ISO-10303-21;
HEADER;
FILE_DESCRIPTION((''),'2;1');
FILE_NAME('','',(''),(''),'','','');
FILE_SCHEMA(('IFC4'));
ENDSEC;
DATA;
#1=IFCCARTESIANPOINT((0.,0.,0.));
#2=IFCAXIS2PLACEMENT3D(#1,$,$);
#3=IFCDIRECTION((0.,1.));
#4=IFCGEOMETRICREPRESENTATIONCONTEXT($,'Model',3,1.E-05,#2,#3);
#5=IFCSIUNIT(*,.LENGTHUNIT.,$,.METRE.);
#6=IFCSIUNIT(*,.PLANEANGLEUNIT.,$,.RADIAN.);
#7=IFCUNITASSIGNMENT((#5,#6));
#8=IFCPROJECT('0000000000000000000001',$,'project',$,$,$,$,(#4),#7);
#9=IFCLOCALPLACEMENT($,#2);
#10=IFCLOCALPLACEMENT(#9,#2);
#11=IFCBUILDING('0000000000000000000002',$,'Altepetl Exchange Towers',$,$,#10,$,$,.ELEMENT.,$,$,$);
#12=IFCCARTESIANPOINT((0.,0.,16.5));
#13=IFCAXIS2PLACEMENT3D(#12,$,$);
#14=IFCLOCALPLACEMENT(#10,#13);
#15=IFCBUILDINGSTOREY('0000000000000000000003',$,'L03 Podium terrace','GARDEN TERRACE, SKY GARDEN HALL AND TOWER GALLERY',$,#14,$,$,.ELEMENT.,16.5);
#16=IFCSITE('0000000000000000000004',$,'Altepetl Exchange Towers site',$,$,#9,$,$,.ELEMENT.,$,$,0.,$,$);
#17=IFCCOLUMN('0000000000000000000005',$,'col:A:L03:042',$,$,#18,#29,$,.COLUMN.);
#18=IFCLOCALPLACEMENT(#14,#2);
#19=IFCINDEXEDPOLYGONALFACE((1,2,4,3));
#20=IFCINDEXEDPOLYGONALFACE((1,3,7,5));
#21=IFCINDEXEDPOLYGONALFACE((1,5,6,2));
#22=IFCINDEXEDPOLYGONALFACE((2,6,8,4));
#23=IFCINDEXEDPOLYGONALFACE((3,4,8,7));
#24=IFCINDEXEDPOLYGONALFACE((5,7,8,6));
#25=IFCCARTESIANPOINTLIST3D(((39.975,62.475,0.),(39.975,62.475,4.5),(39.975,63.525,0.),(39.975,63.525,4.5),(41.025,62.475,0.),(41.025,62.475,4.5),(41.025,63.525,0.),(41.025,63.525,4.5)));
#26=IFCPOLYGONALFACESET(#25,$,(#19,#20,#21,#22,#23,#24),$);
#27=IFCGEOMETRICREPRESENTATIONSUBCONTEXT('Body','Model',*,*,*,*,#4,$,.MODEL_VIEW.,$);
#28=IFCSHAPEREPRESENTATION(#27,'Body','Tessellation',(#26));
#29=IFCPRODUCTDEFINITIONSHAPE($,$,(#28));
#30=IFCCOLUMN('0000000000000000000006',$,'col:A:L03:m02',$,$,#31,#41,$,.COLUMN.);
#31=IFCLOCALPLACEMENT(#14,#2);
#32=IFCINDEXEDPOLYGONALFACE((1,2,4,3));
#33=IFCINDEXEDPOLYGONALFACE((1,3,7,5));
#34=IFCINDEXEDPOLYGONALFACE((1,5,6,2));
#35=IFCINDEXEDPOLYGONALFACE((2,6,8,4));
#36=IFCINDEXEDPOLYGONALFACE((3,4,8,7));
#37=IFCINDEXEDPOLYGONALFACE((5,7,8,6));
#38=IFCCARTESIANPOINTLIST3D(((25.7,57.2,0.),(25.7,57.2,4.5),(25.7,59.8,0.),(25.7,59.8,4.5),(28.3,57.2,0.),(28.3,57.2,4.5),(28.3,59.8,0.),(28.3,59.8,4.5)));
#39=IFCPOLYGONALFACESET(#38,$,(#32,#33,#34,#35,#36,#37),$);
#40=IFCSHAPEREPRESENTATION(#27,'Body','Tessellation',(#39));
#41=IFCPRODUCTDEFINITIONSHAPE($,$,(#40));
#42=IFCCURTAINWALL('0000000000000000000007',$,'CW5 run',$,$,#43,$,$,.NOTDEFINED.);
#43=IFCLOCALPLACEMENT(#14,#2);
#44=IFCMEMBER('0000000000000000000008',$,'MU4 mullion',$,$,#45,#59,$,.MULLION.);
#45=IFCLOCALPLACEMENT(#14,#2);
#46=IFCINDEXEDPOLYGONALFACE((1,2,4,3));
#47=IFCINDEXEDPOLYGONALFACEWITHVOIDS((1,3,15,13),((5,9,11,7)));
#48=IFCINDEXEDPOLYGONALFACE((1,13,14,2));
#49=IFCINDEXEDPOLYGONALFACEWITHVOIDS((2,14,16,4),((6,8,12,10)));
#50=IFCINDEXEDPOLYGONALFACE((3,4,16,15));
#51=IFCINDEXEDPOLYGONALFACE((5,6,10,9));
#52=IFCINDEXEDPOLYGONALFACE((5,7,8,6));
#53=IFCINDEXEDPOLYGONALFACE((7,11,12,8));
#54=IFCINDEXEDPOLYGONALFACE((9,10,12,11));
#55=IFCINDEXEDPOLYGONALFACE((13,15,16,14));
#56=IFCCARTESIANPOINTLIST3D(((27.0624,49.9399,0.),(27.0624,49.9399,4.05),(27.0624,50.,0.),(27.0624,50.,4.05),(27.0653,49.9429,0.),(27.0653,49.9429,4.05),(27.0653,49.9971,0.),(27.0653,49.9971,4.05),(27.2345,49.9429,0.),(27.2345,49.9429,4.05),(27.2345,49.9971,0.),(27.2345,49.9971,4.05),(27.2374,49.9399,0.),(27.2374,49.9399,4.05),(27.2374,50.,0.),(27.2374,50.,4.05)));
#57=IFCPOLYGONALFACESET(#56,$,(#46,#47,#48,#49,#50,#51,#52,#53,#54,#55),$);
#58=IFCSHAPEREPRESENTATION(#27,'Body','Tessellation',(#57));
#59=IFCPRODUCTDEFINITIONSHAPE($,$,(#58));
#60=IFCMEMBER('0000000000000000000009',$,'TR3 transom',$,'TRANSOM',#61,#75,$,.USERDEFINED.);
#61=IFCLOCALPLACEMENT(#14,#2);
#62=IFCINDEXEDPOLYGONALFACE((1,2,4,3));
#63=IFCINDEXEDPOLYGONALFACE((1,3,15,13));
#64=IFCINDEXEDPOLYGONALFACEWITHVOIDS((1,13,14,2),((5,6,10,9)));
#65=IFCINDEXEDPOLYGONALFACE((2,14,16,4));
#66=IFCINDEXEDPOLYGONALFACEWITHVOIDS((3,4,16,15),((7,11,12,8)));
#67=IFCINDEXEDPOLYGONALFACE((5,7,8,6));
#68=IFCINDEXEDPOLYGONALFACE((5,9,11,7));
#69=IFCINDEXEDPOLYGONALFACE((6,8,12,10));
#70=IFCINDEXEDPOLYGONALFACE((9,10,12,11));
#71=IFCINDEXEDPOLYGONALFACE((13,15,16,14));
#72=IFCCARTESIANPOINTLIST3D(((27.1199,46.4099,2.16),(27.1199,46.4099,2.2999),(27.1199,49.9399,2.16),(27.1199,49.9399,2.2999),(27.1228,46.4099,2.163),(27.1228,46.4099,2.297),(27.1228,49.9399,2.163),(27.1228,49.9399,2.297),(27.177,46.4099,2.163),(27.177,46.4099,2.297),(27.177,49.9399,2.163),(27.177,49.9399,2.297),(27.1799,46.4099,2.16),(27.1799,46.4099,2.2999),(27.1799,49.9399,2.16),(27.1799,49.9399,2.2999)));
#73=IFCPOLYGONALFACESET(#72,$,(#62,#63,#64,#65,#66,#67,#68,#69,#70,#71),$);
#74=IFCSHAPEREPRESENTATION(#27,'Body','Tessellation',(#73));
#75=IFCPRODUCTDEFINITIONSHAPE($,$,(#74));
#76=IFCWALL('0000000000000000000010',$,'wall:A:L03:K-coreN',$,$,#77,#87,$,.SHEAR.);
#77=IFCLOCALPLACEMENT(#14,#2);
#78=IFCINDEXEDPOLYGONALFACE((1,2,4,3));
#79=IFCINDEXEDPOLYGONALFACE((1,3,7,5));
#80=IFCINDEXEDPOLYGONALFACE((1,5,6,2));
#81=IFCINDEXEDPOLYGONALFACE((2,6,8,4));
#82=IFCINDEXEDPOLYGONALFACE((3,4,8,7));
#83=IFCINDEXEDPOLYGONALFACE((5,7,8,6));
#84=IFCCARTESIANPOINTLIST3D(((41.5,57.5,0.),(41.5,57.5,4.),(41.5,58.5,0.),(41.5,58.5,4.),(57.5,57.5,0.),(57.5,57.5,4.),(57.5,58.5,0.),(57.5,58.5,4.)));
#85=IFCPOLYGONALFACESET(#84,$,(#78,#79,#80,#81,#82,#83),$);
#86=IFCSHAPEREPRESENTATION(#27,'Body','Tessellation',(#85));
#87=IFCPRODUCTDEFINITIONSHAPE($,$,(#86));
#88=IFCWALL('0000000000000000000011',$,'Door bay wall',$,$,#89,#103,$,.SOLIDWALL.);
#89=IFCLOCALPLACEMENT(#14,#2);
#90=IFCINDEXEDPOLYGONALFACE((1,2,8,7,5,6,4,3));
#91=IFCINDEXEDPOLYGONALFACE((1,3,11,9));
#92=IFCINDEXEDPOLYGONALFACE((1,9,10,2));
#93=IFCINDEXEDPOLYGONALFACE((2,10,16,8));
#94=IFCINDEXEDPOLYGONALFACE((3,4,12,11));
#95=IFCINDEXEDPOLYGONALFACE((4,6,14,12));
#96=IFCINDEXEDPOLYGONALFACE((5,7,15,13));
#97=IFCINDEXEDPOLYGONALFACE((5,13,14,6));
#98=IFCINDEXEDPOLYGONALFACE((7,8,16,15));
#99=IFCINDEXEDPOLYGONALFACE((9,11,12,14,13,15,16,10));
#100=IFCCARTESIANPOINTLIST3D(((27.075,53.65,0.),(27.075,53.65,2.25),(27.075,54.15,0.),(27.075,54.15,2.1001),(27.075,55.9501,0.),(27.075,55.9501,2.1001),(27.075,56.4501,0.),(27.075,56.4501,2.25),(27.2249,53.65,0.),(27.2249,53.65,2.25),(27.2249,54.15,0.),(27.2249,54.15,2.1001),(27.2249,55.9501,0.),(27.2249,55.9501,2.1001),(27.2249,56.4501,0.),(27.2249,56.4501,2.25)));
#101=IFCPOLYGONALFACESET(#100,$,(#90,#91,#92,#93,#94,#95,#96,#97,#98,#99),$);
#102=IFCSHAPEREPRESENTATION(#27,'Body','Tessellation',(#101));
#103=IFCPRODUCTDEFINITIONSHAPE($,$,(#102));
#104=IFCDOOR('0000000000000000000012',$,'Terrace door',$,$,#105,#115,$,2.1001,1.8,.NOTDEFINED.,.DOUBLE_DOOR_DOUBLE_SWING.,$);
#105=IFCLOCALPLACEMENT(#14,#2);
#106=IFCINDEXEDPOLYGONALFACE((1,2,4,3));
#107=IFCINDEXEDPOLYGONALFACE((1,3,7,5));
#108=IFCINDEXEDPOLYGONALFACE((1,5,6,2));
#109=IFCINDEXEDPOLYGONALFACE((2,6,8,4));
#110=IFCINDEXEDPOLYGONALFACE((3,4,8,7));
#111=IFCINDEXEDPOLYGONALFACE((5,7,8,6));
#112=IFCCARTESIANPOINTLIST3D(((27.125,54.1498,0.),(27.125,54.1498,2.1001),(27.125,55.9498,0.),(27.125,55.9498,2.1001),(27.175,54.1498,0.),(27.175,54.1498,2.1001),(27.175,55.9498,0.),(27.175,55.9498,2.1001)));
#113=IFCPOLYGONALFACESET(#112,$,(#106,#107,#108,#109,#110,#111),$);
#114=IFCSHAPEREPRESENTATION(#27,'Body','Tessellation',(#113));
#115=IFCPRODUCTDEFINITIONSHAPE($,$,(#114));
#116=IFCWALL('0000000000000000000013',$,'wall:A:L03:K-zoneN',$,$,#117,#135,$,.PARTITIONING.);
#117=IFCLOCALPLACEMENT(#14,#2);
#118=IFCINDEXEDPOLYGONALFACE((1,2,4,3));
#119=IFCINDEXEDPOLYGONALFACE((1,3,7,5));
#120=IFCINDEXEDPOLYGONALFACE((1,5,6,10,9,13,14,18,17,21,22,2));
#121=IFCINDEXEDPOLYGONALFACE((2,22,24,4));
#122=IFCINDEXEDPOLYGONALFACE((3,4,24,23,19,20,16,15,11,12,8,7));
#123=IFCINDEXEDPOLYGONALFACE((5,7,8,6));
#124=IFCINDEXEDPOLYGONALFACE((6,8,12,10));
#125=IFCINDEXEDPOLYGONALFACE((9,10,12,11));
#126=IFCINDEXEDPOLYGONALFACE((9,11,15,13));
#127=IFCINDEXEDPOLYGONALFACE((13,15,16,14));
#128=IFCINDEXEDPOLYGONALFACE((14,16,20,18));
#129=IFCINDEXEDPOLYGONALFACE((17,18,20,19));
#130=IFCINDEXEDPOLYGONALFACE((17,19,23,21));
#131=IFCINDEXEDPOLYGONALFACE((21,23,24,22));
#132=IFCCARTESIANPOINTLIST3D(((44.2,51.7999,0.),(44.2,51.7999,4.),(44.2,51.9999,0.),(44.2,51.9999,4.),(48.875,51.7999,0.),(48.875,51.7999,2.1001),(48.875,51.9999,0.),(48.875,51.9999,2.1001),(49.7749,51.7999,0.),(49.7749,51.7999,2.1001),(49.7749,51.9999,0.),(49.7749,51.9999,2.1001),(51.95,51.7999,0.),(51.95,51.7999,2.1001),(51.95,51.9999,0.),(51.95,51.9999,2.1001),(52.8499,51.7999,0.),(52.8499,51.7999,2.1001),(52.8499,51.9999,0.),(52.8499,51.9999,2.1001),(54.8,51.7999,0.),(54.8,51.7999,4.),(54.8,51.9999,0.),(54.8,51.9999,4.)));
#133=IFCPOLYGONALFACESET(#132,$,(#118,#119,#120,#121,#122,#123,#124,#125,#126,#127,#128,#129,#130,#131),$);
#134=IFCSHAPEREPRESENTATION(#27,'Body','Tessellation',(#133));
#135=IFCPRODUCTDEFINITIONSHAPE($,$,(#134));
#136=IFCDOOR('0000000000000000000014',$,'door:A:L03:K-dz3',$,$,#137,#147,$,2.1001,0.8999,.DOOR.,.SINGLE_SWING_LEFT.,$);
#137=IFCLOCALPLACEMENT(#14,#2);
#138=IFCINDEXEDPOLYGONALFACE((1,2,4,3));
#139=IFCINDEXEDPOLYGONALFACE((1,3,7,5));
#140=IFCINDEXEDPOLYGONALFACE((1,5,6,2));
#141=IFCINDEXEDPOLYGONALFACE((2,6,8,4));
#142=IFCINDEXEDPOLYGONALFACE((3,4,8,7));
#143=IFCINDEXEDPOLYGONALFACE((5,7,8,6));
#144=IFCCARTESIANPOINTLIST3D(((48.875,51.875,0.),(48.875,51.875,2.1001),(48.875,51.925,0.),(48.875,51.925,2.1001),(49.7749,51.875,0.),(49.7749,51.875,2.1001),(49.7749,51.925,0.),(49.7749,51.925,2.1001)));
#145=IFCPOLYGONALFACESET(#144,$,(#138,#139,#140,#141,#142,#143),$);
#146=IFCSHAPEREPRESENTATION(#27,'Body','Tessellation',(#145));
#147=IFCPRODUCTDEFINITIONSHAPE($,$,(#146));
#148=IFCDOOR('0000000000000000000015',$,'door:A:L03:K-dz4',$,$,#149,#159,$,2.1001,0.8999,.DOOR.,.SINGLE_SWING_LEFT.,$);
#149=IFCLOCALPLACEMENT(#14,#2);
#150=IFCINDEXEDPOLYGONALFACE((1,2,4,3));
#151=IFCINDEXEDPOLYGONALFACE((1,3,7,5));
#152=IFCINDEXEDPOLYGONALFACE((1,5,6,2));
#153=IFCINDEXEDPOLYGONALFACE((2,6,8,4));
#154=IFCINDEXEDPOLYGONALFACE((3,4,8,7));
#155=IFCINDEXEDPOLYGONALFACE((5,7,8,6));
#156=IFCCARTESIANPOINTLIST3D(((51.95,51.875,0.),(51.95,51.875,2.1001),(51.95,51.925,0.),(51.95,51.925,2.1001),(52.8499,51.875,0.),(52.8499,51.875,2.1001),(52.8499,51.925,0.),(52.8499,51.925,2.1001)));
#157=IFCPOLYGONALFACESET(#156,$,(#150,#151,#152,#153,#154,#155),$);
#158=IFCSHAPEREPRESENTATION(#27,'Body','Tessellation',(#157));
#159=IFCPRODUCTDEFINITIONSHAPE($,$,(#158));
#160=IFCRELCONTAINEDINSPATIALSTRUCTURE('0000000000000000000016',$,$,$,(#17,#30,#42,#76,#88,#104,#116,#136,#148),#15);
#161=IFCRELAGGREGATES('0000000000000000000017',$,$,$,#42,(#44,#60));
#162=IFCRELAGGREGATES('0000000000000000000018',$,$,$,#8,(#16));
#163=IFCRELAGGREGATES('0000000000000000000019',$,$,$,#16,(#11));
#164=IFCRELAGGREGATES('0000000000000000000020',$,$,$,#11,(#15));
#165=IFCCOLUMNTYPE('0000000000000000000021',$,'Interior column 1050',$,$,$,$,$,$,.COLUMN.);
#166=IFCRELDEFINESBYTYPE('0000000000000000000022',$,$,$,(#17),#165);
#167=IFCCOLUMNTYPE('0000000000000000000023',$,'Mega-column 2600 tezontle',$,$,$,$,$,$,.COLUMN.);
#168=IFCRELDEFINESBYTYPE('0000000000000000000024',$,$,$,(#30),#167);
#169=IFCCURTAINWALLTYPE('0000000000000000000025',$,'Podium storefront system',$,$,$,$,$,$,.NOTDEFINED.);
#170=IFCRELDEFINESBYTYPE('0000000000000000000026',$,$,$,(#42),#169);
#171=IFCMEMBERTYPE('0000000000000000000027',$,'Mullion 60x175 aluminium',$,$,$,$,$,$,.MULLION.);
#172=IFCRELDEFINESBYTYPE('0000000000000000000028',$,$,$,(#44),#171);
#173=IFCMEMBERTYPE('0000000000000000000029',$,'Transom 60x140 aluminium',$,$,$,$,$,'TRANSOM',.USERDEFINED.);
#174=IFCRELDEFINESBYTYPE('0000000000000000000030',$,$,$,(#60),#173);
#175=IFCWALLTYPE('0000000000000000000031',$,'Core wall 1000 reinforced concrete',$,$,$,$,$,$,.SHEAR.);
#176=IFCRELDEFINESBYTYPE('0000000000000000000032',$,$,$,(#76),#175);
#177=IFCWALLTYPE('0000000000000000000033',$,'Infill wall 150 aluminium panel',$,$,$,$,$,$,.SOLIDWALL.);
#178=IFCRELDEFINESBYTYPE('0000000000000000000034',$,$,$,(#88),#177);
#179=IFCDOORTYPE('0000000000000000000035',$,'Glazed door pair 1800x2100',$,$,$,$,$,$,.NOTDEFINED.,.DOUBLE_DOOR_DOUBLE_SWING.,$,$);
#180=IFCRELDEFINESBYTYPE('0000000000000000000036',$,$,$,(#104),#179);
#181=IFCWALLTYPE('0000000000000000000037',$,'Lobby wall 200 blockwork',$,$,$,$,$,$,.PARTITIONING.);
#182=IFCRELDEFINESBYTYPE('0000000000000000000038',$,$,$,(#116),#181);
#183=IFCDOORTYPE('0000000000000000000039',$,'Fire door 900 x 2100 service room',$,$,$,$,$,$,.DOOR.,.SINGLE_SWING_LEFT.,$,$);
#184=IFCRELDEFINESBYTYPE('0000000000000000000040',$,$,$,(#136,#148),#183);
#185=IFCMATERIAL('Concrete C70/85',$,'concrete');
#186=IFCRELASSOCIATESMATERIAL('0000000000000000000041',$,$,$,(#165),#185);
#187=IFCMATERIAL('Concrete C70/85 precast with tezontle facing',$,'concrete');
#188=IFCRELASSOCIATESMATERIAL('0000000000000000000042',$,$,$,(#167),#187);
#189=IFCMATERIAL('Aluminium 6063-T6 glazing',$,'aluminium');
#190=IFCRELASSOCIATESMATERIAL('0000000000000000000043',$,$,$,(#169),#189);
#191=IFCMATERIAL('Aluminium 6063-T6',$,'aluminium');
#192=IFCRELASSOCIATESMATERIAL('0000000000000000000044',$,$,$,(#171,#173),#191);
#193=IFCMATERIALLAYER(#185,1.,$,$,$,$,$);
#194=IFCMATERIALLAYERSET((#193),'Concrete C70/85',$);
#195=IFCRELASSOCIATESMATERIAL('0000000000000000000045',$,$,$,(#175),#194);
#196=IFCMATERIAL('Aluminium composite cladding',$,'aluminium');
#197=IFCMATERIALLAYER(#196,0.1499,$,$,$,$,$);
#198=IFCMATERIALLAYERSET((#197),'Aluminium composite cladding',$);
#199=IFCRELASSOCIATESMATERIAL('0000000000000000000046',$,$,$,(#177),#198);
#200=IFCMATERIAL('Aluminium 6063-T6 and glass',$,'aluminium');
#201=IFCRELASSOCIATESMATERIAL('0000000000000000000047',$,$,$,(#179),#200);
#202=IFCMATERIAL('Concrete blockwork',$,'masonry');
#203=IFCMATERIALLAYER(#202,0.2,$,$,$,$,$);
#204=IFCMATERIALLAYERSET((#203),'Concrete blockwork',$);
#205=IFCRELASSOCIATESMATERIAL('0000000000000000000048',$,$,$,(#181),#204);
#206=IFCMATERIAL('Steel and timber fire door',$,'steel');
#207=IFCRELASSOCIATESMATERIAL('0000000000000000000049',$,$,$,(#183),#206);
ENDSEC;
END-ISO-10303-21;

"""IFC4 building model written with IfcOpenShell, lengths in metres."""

from ifc_helpers import new_model, si_unit, direction, frame, frame_2d, origin, origin_2d, place, context, subcontext, project, spatial, rectangle, hollow_rectangle, extrude, material, layer, layer_set, material_profile, profile_set, type_object, element, fill, aggregate, save


model = new_model("IFC4")

# Units and contexts
model_context = context("Model", 3, precision=1e-05, world=origin(), true_north=direction((0.0, 1.0)))
body_context = subcontext(model_context, "Body", "Model", "MODEL_VIEW")
ifc_project = project(units=[si_unit("LENGTHUNIT", "METRE"), si_unit("PLANEANGLEUNIT", "RADIAN")], contexts=[model_context])

# Site, building, storey
site_placement = place(None, origin())
site = spatial("IfcSite", under=ifc_project, at=site_placement, Name="Altepetl Exchange Towers site", CompositionType="ELEMENT", RefElevation=0.0)
building_placement = place(site_placement, origin())
building = spatial("IfcBuilding", under=site, at=building_placement, Name="Altepetl Exchange Towers", CompositionType="ELEMENT")
storey_placement = place(building_placement, frame((0.0, 0.0, 16.5)))
storey = spatial("IfcBuildingStorey", under=building, at=storey_placement, Name="L03 Podium terrace", Description="GARDEN TERRACE, SKY GARDEN HALL AND TOWER GALLERY", CompositionType="ELEMENT", Elevation=16.5)

# Columns
ifc_material_1 = material(Name="Concrete C70/85", Category="concrete")
ifc_material_profile_1 = material_profile(ifc_material_1, rectangle(XDim=1.05, YDim=1.05, at=origin_2d()), Name="1050 x 1050")
ifc_profile_set_1 = profile_set([ifc_material_profile_1], Name="Concrete C70/85")
column_type_1 = type_object("IfcColumnType", Name="Interior column 1050", PredefinedType="COLUMN", material=ifc_profile_set_1)
column_1_placement = place(storey_placement, frame((40.5, 63.0, 0.0)))
element("IfcColumn", 1, at=column_1_placement, inside=storey, type_object=column_type_1, Name="col:A:L03:042", PredefinedType="COLUMN", context=body_context, shape_type="SweptSolid", body=[
    extrude(rectangle(XDim=1.05, YDim=1.05, at=origin_2d()), origin(), (0.0, 0.0, 1.0), 4.5),
])
ifc_material_2 = material(Name="Concrete C70/85 precast with tezontle facing", Category="concrete")
ifc_material_profile_2 = material_profile(ifc_material_2, rectangle(XDim=2.6001, YDim=2.6001, at=origin_2d()), Name="2600 x 2600")
ifc_profile_set_2 = profile_set([ifc_material_profile_2], Name="Concrete C70/85 precast with tezontle facing")
column_type_2 = type_object("IfcColumnType", Name="Mega-column 2600 tezontle", PredefinedType="COLUMN", material=ifc_profile_set_2)
column_2_placement = place(storey_placement, frame((27.0, 58.5, 0.0)))
element("IfcColumn", 2, at=column_2_placement, inside=storey, type_object=column_type_2, Name="col:A:L03:m02", PredefinedType="COLUMN", context=body_context, shape_type="SweptSolid", body=[
    extrude(rectangle(XDim=2.6001, YDim=2.6001, at=origin_2d()), origin(), (0.0, 0.0, 1.0), 4.5),
])

# Curtain wall, members
ifc_material_3 = material(Name="Aluminium 6063-T6 glazing", Category="aluminium")
curtain_wall_type = type_object("IfcCurtainWallType", Name="Podium storefront system", PredefinedType="NOTDEFINED", material=ifc_material_3)
curtain_wall_placement = place(storey_placement, origin())
curtain_wall = element("IfcCurtainWall", 3, at=curtain_wall_placement, inside=storey, type_object=curtain_wall_type, Name="CW5 run", PredefinedType="NOTDEFINED")
ifc_material_4 = material(Name="Aluminium 6063-T6", Category="aluminium")
ifc_material_profile_3 = material_profile(ifc_material_4, hollow_rectangle(XDim=0.0601, YDim=0.175, WallThickness=0.0029, at=origin_2d()), Name="Mullion 60x175 aluminium")
ifc_profile_set_3 = profile_set([ifc_material_profile_3], Name="Aluminium 6063-T6")
member_type_1 = type_object("IfcMemberType", Name="Mullion 60x175 aluminium", PredefinedType="MULLION", material=ifc_profile_set_3)
member_1_placement = place(storey_placement, frame((27.1499, 49.97, 0.0), z_axis=(0.0, 0.0, 1.0), x_axis=(0.0, -1.0, 0.0)))
member_1 = element("IfcMember", 4, at=member_1_placement, type_object=member_type_1, Name="MU4 mullion", PredefinedType="MULLION", context=body_context, shape_type="SweptSolid", body=[
    extrude(hollow_rectangle(XDim=0.0601, YDim=0.175, WallThickness=0.0029, at=origin_2d()), origin(), (0.0, 0.0, 1.0), 4.05),
])
ifc_material_profile_4 = material_profile(ifc_material_4, hollow_rectangle(XDim=0.0601, YDim=0.1399, WallThickness=0.0029, at=origin_2d()), Name="Transom 60x140 aluminium")
ifc_profile_set_4 = profile_set([ifc_material_profile_4], Name="Aluminium 6063-T6")
member_type_2 = type_object("IfcMemberType", Name="Transom 60x140 aluminium", ElementType="TRANSOM", PredefinedType="USERDEFINED", material=ifc_profile_set_4)
member_2_placement = place(storey_placement, frame((27.1499, 49.9399, 2.23), z_axis=(0.0, -1.0, 0.0), x_axis=(1.0, 0.0, 0.0)))
member_2 = element("IfcMember", 5, at=member_2_placement, type_object=member_type_2, Name="TR3 transom", ObjectType="TRANSOM", PredefinedType="USERDEFINED", context=body_context, shape_type="SweptSolid", body=[
    extrude(hollow_rectangle(XDim=0.0601, YDim=0.1399, WallThickness=0.0029, at=origin_2d()), origin(), (0.0, 0.0, 1.0), 3.53),
])
aggregate(curtain_wall, [member_1, member_2])

# Wall
ifc_layer_1 = layer(ifc_material_1, 1.0)
ifc_layer_set_1 = layer_set([ifc_layer_1], Name="Concrete C70/85")
wall_type_1 = type_object("IfcWallType", Name="Core wall 1000 reinforced concrete", PredefinedType="SHEAR", material=ifc_layer_set_1)
wall_1_placement = place(storey_placement, frame((41.5, 58.0, 0.0)))
element("IfcWall", 6, at=wall_1_placement, inside=storey, type_object=wall_type_1, Name="wall:A:L03:K-coreN", PredefinedType="SHEAR", context=body_context, shape_type="SweptSolid", body=[
    extrude(rectangle(XDim=16.0, YDim=1.0, at=frame_2d((8.0, 0.0))), origin(), (0.0, 0.0, 1.0), 4.0),
])

# Wall, opening, door
ifc_material_5 = material(Name="Aluminium composite cladding", Category="aluminium")
ifc_layer_2 = layer(ifc_material_5, 0.1499)
ifc_layer_set_2 = layer_set([ifc_layer_2], Name="Aluminium composite cladding")
wall_type_2 = type_object("IfcWallType", Name="Infill wall 150 aluminium panel", PredefinedType="SOLIDWALL", material=ifc_layer_set_2)
wall_2_placement = place(storey_placement, frame((27.1499, 56.45, 0.0), z_axis=(0.0, 0.0, 1.0), x_axis=(0.0, -1.0, 0.0)))
wall_2 = element("IfcWall", 7, at=wall_2_placement, inside=storey, type_object=wall_type_2, Name="Door bay wall", PredefinedType="SOLIDWALL", context=body_context, shape_type="SweptSolid", body=[
    extrude(rectangle(XDim=2.8, YDim=0.1499, at=frame_2d((1.3999, 0.0))), origin(), (0.0, 0.0, 1.0), 2.25),
])
opening_1_placement = place(wall_2_placement, frame((0.5, 0.0, 0.0)))
opening_1 = element("IfcOpeningElement", 8, at=opening_1_placement, cuts=wall_2, PredefinedType="OPENING", context=body_context, shape_type="SweptSolid", body=[
    extrude(rectangle(XDim=1.8, YDim=2.1001, at=frame_2d((0.8999, 1.05))), frame((0.0, 0.085, 0.0), z_axis=(0.0, -1.0, 0.0), x_axis=(1.0, 0.0, 0.0)), (0.0, 0.0, 1.0), 0.1699),
])
ifc_material_6 = material(Name="Aluminium 6063-T6 and glass", Category="aluminium")
door_type_1 = type_object("IfcDoorType", Name="Glazed door pair 1800x2100", OperationType="DOUBLE_DOOR_DOUBLE_SWING", PredefinedType="NOTDEFINED", material=ifc_material_6)
door_1_placement = place(opening_1_placement, frame((1.8, 0.0, 0.0), x_axis=(-1.0, 0.0, 0.0)))
door_1 = element("IfcDoor", 9, at=door_1_placement, inside=storey, type_object=door_type_1, Name="Terrace door", OperationType="DOUBLE_DOOR_DOUBLE_SWING", OverallHeight=2.1001, OverallWidth=1.8, PredefinedType="NOTDEFINED", context=body_context, shape_type="SweptSolid", body=[
    extrude(rectangle(XDim=1.8, YDim=2.1001, at=frame_2d((0.8999, 1.05))), frame((0.0, 0.0249, 0.0), z_axis=(0.0, -1.0, 0.0), x_axis=(1.0, 0.0, 0.0)), (0.0, 0.0, 1.0), 0.05),
])
fill(opening_1, door_1)

# Wall, openings, doors
ifc_material_7 = material(Name="Concrete blockwork", Category="masonry")
ifc_layer_3 = layer(ifc_material_7, 0.2)
ifc_layer_set_3 = layer_set([ifc_layer_3], Name="Concrete blockwork")
wall_type_3 = type_object("IfcWallType", Name="Lobby wall 200 blockwork", PredefinedType="PARTITIONING", material=ifc_layer_set_3)
wall_3_placement = place(storey_placement, frame((44.2, 51.8999, 0.0)))
wall_3 = element("IfcWall", 10, at=wall_3_placement, inside=storey, type_object=wall_type_3, Name="wall:A:L03:K-zoneN", PredefinedType="PARTITIONING", context=body_context, shape_type="SweptSolid", body=[
    extrude(rectangle(XDim=10.6001, YDim=0.2, at=frame_2d((5.3, 0.0))), origin(), (0.0, 0.0, 1.0), 4.0),
])
opening_2_placement = place(wall_3_placement, frame((4.675, 0.0, 0.0)))
opening_2 = element("IfcOpeningElement", 11, at=opening_2_placement, cuts=wall_3, PredefinedType="OPENING", context=body_context, shape_type="SweptSolid", body=[
    extrude(rectangle(XDim=0.8999, YDim=2.1001, at=frame_2d((0.45, 1.05))), frame((0.0, 0.1099, 0.0), z_axis=(0.0, -1.0, 0.0), x_axis=(1.0, 0.0, 0.0)), (0.0, 0.0, 1.0), 0.22),
])
opening_3_placement = place(wall_3_placement, frame((7.75, 0.0, 0.0)))
opening_3 = element("IfcOpeningElement", 12, at=opening_3_placement, cuts=wall_3, PredefinedType="OPENING", context=body_context, shape_type="SweptSolid", body=[
    extrude(rectangle(XDim=0.8999, YDim=2.1001, at=frame_2d((0.45, 1.05))), frame((0.0, 0.1099, 0.0), z_axis=(0.0, -1.0, 0.0), x_axis=(1.0, 0.0, 0.0)), (0.0, 0.0, 1.0), 0.22),
])
ifc_material_8 = material(Name="Steel and timber fire door", Category="steel")
door_type_2 = type_object("IfcDoorType", Name="Fire door 900 x 2100 service room", OperationType="SINGLE_SWING_LEFT", PredefinedType="DOOR", material=ifc_material_8)
door_2_placement = place(opening_2_placement, frame((0.8999, 0.0, 0.0), x_axis=(-1.0, 0.0, 0.0)))
door_2 = element("IfcDoor", 13, at=door_2_placement, inside=storey, type_object=door_type_2, Name="door:A:L03:K-dz3", OperationType="SINGLE_SWING_LEFT", OverallHeight=2.1001, OverallWidth=0.8999, PredefinedType="DOOR", context=body_context, shape_type="SweptSolid", body=[
    extrude(rectangle(XDim=0.8999, YDim=2.1001, at=frame_2d((0.45, 1.05))), frame((0.0, 0.0249, 0.0), z_axis=(0.0, -1.0, 0.0), x_axis=(1.0, 0.0, 0.0)), (0.0, 0.0, 1.0), 0.05),
])
fill(opening_2, door_2)
door_3_placement = place(opening_3_placement, frame((0.8999, 0.0, 0.0), x_axis=(-1.0, 0.0, 0.0)))
door_3 = element("IfcDoor", 14, at=door_3_placement, inside=storey, type_object=door_type_2, Name="door:A:L03:K-dz4", OperationType="SINGLE_SWING_LEFT", OverallHeight=2.1001, OverallWidth=0.8999, PredefinedType="DOOR", context=body_context, shape_type="SweptSolid", body=[
    extrude(rectangle(XDim=0.8999, YDim=2.1001, at=frame_2d((0.45, 1.05))), frame((0.0, 0.0249, 0.0), z_axis=(0.0, -1.0, 0.0), x_axis=(1.0, 0.0, 0.0)), (0.0, 0.0, 1.0), 0.05),
])
fill(opening_3, door_3)

save(model, "model.ifc")
